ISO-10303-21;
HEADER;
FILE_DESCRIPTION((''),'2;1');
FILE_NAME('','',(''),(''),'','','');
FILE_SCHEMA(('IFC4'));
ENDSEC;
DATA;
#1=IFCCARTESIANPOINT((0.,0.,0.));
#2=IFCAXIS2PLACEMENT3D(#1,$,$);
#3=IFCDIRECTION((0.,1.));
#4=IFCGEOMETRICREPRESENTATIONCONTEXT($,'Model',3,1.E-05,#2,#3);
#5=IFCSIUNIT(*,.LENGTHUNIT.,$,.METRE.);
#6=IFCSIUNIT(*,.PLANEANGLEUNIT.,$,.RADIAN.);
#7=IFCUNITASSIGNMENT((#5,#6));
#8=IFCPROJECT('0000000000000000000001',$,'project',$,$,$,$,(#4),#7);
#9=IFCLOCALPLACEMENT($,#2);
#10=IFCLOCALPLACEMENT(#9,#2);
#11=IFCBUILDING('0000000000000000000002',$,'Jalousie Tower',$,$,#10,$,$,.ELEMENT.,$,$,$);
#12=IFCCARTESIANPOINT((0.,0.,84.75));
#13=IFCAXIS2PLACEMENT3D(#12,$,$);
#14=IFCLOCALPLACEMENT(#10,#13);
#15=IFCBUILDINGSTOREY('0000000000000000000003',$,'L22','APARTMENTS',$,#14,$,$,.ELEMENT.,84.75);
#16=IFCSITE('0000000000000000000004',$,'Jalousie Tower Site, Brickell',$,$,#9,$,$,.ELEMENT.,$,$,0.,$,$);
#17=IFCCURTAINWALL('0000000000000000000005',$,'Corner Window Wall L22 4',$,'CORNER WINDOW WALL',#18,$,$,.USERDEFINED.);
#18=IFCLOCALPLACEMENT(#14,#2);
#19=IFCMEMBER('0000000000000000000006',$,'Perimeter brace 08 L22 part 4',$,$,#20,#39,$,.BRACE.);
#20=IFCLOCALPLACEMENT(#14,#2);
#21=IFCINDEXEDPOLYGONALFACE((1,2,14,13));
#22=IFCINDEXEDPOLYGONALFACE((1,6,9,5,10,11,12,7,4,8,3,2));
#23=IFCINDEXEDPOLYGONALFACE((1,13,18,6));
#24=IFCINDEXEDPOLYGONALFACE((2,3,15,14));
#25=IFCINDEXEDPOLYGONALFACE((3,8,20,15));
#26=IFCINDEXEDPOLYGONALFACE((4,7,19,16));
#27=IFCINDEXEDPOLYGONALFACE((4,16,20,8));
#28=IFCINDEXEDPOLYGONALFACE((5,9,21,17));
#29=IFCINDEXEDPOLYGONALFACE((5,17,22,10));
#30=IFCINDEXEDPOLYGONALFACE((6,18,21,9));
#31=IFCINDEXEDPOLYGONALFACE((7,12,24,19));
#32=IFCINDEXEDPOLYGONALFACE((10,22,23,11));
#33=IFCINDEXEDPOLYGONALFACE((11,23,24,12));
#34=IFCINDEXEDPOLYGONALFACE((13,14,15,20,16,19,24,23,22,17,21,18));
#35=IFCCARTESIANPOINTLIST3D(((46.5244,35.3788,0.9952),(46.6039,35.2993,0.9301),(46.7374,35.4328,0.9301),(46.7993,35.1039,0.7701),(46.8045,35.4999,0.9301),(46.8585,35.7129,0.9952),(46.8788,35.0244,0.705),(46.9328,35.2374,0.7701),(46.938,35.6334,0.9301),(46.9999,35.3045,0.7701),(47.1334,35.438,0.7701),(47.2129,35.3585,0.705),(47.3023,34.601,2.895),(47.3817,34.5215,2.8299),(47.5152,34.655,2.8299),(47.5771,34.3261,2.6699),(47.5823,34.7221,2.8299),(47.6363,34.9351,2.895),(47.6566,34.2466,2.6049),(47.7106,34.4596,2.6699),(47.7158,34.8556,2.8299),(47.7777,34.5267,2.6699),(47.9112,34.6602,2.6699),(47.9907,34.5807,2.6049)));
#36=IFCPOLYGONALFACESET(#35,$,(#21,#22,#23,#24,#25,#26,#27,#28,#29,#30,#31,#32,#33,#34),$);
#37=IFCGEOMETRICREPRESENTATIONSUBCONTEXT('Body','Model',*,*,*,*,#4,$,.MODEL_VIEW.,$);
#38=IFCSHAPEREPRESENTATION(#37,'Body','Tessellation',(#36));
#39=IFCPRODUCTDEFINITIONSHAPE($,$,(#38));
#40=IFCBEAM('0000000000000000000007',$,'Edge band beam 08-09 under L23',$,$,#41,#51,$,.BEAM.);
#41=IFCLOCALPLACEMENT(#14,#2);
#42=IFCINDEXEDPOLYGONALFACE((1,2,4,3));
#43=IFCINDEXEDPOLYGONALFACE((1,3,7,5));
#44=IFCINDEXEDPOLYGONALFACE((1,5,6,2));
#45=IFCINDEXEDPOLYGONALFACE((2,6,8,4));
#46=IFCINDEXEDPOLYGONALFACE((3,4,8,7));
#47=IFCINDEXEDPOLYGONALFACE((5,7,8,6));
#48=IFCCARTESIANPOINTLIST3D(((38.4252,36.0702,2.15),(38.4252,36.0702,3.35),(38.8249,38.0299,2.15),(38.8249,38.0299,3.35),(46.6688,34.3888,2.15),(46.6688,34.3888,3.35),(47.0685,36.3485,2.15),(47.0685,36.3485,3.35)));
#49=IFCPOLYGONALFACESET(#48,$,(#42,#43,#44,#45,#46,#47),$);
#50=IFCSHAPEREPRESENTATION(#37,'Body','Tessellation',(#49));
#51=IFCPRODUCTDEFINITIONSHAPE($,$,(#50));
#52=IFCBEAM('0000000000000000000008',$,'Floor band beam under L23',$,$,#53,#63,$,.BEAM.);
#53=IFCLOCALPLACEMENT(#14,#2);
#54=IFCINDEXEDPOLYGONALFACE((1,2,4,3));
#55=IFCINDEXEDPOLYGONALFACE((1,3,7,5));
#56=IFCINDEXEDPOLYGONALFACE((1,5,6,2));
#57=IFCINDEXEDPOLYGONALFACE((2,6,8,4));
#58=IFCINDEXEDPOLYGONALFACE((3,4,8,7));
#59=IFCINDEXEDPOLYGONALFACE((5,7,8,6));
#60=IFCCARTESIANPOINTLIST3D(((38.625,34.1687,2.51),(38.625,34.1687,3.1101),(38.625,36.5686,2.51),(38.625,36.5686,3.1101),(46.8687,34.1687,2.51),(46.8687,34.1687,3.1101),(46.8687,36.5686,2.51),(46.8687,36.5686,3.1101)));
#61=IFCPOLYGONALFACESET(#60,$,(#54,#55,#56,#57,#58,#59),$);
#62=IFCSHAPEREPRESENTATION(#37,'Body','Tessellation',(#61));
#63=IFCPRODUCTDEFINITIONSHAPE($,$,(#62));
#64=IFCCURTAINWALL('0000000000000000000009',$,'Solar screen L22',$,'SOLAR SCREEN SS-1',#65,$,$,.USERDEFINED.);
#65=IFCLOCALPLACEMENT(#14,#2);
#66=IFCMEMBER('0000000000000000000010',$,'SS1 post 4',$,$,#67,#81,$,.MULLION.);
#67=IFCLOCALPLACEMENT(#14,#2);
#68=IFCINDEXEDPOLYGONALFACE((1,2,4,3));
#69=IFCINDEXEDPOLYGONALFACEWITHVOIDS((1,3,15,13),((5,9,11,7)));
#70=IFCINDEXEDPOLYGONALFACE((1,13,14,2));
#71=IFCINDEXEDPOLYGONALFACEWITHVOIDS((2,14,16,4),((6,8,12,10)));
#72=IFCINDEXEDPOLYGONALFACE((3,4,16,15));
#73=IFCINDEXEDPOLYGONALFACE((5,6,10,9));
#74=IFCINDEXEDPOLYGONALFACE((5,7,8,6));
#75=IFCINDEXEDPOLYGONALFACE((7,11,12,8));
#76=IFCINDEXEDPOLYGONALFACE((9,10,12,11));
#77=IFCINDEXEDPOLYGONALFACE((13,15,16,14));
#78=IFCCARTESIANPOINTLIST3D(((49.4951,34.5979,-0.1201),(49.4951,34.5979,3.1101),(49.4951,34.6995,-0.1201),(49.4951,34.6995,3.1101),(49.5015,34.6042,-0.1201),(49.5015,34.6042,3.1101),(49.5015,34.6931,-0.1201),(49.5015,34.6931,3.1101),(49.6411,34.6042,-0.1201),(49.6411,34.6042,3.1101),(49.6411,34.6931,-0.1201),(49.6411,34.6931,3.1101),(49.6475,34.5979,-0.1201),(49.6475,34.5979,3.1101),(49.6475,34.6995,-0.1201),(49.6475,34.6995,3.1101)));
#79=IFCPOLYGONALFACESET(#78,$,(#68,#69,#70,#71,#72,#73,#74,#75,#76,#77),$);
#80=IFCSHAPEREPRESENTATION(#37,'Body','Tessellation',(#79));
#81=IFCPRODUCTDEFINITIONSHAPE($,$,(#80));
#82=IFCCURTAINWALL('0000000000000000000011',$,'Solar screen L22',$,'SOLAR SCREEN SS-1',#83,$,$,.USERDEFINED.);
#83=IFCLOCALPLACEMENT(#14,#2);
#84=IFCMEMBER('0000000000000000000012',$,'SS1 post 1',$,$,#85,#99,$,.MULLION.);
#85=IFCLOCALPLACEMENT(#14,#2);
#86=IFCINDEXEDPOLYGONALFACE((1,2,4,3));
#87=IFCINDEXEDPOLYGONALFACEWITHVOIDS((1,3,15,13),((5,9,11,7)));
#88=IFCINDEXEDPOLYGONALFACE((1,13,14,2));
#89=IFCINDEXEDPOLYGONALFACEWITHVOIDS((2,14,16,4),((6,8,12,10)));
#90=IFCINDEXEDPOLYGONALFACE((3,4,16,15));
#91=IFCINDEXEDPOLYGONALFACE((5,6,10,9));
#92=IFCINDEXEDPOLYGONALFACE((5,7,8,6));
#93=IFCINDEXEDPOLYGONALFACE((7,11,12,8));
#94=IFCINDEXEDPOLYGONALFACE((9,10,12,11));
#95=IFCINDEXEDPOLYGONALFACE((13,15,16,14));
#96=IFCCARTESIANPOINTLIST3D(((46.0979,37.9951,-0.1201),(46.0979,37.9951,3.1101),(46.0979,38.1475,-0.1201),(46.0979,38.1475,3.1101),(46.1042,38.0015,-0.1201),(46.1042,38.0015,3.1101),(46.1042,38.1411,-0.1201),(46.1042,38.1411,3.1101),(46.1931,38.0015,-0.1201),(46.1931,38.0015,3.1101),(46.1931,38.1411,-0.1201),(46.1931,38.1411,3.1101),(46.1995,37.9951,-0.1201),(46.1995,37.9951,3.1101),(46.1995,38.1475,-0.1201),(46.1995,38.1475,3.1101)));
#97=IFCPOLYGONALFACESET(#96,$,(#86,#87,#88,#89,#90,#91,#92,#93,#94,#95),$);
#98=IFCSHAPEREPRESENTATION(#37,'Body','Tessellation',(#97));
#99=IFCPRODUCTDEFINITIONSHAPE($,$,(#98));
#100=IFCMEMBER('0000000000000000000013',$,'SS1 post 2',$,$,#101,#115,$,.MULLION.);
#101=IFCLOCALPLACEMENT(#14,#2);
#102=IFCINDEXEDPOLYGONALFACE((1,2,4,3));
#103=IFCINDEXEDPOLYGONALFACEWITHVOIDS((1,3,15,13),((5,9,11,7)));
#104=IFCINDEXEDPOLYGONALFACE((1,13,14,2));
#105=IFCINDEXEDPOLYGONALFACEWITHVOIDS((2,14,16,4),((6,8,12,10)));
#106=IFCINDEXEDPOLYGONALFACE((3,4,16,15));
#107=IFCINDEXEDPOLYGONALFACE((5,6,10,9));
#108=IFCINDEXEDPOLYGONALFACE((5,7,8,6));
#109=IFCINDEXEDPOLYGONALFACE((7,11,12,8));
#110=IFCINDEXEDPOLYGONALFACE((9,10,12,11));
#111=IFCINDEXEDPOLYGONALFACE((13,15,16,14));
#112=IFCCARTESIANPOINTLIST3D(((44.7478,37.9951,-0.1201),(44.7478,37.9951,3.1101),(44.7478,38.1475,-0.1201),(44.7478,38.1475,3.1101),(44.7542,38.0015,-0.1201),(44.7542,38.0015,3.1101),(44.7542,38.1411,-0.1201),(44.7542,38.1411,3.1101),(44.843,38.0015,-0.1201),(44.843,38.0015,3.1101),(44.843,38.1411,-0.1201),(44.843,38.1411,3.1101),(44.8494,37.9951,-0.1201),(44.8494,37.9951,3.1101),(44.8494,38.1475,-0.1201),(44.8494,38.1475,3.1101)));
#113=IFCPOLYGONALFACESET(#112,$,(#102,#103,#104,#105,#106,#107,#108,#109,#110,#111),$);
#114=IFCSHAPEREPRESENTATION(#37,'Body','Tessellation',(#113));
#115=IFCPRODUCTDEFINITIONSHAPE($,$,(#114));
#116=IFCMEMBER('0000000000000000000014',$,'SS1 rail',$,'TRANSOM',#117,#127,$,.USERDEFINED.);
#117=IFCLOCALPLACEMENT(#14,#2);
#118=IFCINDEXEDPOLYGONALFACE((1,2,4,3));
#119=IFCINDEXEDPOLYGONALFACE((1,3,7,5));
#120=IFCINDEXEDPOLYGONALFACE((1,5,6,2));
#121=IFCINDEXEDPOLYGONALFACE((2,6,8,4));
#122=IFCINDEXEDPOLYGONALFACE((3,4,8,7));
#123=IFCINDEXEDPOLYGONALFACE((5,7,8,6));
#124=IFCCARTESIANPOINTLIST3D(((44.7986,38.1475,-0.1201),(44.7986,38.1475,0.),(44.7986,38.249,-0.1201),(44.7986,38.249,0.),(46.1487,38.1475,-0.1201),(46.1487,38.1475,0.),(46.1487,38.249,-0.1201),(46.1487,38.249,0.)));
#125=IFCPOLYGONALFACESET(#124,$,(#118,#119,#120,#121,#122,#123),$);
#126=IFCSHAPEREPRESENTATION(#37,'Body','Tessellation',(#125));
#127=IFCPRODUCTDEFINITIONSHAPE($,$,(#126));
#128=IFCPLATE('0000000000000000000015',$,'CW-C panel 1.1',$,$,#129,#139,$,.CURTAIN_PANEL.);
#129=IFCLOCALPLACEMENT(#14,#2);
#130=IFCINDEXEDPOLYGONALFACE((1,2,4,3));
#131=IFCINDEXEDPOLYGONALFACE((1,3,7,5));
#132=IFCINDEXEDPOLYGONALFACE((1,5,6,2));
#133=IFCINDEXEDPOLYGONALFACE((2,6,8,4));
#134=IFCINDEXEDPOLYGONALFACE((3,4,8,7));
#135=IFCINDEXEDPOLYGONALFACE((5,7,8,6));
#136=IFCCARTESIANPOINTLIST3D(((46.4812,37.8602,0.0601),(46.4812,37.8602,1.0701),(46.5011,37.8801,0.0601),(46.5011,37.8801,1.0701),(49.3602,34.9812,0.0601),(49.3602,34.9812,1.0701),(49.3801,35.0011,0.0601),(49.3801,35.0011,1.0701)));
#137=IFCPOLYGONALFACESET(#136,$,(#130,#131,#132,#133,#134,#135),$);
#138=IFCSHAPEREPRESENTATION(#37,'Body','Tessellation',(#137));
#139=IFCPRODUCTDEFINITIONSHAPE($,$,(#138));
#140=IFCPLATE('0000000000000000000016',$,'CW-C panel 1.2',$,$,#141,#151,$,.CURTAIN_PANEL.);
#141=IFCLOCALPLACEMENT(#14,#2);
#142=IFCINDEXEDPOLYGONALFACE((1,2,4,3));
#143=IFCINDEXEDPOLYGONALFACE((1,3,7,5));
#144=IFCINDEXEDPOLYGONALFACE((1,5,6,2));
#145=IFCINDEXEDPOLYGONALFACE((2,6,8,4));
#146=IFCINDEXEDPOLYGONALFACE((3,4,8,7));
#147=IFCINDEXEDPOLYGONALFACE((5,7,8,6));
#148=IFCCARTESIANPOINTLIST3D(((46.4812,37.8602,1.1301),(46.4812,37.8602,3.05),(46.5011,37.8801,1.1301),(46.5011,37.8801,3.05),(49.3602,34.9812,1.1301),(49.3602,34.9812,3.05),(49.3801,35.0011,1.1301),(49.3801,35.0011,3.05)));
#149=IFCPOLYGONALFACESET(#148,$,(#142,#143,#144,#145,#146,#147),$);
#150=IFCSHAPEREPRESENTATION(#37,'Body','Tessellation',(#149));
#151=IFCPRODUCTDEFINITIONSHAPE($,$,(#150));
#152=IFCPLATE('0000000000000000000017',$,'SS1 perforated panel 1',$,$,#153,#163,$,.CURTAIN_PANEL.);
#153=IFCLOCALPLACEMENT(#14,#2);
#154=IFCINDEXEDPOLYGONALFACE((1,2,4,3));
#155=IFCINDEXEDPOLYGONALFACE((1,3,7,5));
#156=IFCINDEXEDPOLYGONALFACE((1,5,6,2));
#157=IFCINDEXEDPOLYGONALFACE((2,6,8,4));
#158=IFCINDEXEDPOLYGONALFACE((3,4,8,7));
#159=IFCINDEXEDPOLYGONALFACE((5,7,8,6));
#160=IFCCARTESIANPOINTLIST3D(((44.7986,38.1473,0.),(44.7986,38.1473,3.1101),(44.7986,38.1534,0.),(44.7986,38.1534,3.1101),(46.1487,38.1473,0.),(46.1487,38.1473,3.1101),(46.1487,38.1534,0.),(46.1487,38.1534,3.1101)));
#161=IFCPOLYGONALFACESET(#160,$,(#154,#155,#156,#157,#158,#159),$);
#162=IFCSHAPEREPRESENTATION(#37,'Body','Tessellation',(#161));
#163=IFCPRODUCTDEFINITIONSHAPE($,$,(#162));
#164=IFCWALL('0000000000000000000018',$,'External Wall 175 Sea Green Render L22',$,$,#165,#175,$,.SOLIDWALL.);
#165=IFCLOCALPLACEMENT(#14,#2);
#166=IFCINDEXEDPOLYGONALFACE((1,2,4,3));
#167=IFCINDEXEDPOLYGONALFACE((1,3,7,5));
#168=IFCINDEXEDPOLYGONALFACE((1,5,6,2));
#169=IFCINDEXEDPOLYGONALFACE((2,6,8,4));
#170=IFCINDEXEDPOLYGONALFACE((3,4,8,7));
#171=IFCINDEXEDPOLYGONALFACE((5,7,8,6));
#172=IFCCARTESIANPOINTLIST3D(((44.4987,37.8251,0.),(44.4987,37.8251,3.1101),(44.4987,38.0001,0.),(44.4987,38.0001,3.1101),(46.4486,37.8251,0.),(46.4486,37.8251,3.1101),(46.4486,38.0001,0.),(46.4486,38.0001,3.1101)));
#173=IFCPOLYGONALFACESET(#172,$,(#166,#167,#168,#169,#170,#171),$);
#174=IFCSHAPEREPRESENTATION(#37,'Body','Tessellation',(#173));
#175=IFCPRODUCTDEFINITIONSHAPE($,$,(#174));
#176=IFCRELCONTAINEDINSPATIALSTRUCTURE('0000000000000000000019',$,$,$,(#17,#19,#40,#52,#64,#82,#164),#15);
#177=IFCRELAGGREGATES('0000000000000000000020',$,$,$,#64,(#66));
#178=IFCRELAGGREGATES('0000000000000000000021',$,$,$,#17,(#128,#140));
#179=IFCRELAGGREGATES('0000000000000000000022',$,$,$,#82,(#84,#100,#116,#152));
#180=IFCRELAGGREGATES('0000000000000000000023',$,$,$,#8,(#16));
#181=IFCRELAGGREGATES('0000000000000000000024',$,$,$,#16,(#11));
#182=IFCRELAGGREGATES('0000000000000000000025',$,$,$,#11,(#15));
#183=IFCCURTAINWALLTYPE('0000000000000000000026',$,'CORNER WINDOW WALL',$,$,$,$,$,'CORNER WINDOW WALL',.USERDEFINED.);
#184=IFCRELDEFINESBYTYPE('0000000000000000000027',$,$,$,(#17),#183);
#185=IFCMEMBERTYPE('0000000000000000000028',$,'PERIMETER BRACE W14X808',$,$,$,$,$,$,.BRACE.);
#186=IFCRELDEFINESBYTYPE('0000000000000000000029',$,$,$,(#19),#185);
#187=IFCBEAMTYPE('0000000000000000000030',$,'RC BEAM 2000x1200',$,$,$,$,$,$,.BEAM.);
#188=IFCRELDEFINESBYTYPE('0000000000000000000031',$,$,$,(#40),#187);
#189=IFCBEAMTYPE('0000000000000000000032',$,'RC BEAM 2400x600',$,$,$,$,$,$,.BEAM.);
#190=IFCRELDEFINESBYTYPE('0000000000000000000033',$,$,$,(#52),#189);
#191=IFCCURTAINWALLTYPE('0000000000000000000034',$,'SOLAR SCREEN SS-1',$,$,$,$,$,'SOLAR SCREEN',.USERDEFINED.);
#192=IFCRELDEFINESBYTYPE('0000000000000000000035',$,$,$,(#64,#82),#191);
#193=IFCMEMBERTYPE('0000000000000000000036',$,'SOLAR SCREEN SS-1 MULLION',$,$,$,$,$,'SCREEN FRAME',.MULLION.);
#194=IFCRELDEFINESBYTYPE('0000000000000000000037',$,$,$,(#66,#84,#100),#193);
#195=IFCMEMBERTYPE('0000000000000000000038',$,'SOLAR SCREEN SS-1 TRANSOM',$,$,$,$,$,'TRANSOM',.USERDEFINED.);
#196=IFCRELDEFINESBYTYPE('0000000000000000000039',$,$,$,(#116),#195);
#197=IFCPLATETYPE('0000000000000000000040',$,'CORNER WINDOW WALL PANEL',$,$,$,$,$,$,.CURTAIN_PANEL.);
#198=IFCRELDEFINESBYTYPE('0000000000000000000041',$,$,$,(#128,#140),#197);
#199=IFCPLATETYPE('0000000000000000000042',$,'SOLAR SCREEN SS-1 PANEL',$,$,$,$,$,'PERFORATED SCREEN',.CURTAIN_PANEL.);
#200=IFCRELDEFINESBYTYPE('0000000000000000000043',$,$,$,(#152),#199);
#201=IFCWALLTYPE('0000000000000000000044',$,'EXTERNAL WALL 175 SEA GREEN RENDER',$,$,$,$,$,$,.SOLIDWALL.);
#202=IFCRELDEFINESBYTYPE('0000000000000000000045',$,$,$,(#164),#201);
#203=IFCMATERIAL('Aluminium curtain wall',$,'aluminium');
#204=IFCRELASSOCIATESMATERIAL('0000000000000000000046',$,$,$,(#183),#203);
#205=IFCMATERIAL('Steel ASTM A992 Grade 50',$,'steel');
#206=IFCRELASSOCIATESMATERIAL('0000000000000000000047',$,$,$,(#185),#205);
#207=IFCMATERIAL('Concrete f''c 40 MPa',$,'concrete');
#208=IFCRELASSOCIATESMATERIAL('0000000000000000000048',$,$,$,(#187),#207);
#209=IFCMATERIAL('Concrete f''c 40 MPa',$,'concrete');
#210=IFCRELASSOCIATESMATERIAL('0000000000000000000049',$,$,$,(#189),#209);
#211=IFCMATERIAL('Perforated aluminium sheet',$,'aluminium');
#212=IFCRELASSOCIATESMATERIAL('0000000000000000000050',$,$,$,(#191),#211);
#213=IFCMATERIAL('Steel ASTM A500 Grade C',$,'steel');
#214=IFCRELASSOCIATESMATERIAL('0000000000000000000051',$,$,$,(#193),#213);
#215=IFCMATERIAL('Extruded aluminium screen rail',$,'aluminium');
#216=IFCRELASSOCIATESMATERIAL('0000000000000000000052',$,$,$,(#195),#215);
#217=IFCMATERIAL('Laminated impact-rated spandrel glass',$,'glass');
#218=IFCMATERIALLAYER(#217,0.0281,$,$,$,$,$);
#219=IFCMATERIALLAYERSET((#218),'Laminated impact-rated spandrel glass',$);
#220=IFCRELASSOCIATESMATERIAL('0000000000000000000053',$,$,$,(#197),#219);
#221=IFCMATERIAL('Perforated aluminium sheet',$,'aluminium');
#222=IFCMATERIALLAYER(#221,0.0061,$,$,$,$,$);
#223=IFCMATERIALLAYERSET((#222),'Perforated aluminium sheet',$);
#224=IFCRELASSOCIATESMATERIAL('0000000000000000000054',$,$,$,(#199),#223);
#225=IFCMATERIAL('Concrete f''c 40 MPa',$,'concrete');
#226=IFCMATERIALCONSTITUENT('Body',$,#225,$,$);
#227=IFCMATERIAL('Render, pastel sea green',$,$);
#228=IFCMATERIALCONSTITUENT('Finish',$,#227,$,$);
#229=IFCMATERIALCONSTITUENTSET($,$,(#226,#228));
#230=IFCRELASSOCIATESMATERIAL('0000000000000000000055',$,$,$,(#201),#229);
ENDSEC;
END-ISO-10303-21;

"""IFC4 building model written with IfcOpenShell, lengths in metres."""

from ifc_helpers import new_model, si_unit, direction, frame, frame_2d, origin, origin_2d, place, context, subcontext, project, spatial, rectangle, hollow_rectangle, i_section, extrude, material, layer, layer_set, constituent, constituent_set, material_profile, profile_set, type_object, element, aggregate, save


model = new_model("IFC4")

# Units and contexts
model_context = context("Model", 3, precision=1e-05, world=origin(), true_north=direction((0.0, 1.0)))
body_context = subcontext(model_context, "Body", "Model", "MODEL_VIEW")
ifc_project = project(units=[si_unit("LENGTHUNIT", "METRE"), si_unit("PLANEANGLEUNIT", "RADIAN")], contexts=[model_context])

# Site, building, storey
site_placement = place(None, origin())
site = spatial("IfcSite", under=ifc_project, at=site_placement, Name="Jalousie Tower Site, Brickell", CompositionType="ELEMENT", RefElevation=0.0)
building_placement = place(site_placement, origin())
building = spatial("IfcBuilding", under=site, at=building_placement, Name="Jalousie Tower", CompositionType="ELEMENT")
storey_placement = place(building_placement, frame((0.0, 0.0, 84.75)))
storey = spatial("IfcBuildingStorey", under=building, at=storey_placement, Name="L22", Description="APARTMENTS", CompositionType="ELEMENT", Elevation=84.75)

# Curtain wall
ifc_material_1 = material(Name="Aluminium curtain wall", Category="aluminium")
curtain_wall_type_1 = type_object("IfcCurtainWallType", Name="CORNER WINDOW WALL", ElementType="CORNER WINDOW WALL", PredefinedType="USERDEFINED", material=ifc_material_1)
curtain_wall_1_placement = place(storey_placement, origin())
curtain_wall_1 = element("IfcCurtainWall", 1, at=curtain_wall_1_placement, inside=storey, type_object=curtain_wall_type_1, Name="Corner Window Wall L22 4", ObjectType="CORNER WINDOW WALL", PredefinedType="USERDEFINED")

# Member
ifc_material_2 = material(Name="Steel ASTM A992 Grade 50", Category="steel")
ifc_material_profile_1 = material_profile(ifc_material_2, i_section(OverallWidth=0.4724, OverallDepth=0.5791, WebThickness=0.095, FlangeThickness=0.1299, at=origin_2d()), Name="W14X808")
ifc_profile_set_1 = profile_set([ifc_material_profile_1], Name="Steel ASTM A992 Grade 50")
member_type_1 = type_object("IfcMemberType", Name="PERIMETER BRACE W14X808", PredefinedType="BRACE", material=ifc_profile_set_1)
member_1_placement = place(storey_placement, frame((46.8687, 35.3687, 0.8501), z_axis=(0.354305, -0.354305, 0.865411), x_axis=(0.707107, 0.707107, 0.0)))
element("IfcMember", 2, at=member_1_placement, inside=storey, type_object=member_type_1, Name="Perimeter brace 08 L22 part 4", PredefinedType="BRACE", context=body_context, shape_type="SweptSolid", body=[
    extrude(i_section(OverallWidth=0.4724, OverallDepth=0.5791, WebThickness=0.095, FlangeThickness=0.1299, at=origin_2d()), origin(), (0.0, 0.0, 1.0), 2.1953),
])

# Beams
ifc_material_3 = material(Name="Concrete f'c 40 MPa", Category="concrete")
ifc_material_profile_2 = material_profile(ifc_material_3, rectangle(XDim=2.0, YDim=1.2, at=origin_2d()), Name="RC 2000x1200")
ifc_profile_set_2 = profile_set([ifc_material_profile_2], Name="Concrete f'c 40 MPa")
beam_type_1 = type_object("IfcBeamType", Name="RC BEAM 2000x1200", PredefinedType="BEAM", material=ifc_profile_set_2)
beam_1_placement = place(storey_placement, frame((46.8687, 35.3687, 2.75), z_axis=(-0.979827, 0.199848, 0.0), x_axis=(-0.199848, -0.979827, 0.0)))
element("IfcBeam", 3, at=beam_1_placement, inside=storey, type_object=beam_type_1, Name="Edge band beam 08-09 under L23", PredefinedType="BEAM", context=body_context, shape_type="SweptSolid", body=[
    extrude(rectangle(XDim=2.0, YDim=1.2, at=origin_2d()), origin(), (0.0, 0.0, 1.0), 8.4133),
])
ifc_material_4 = material(Name="Concrete f'c 40 MPa", Category="concrete")
ifc_material_profile_3 = material_profile(ifc_material_4, rectangle(XDim=2.3999, YDim=0.6001, at=origin_2d()), Name="RC 2400x600")
ifc_profile_set_3 = profile_set([ifc_material_profile_3], Name="Concrete f'c 40 MPa")
beam_type_2 = type_object("IfcBeamType", Name="RC BEAM 2400x600", PredefinedType="BEAM", material=ifc_profile_set_3)
beam_2_placement = place(storey_placement, frame((46.8687, 35.3687, 2.8101), z_axis=(-1.0, 0.0, 0.0), x_axis=(0.0, -1.0, 0.0)))
element("IfcBeam", 4, at=beam_2_placement, inside=storey, type_object=beam_type_2, Name="Floor band beam under L23", PredefinedType="BEAM", context=body_context, shape_type="SweptSolid", body=[
    extrude(rectangle(XDim=2.3999, YDim=0.6001, at=origin_2d()), origin(), (0.0, 0.0, 1.0), 8.2437),
])

# Curtain wall, member
ifc_material_5 = material(Name="Perforated aluminium sheet", Category="aluminium")
curtain_wall_type_2 = type_object("IfcCurtainWallType", Name="SOLAR SCREEN SS-1", ElementType="SOLAR SCREEN", PredefinedType="USERDEFINED", material=ifc_material_5)
curtain_wall_2_placement = place(storey_placement, origin())
curtain_wall_2 = element("IfcCurtainWall", 5, at=curtain_wall_2_placement, inside=storey, type_object=curtain_wall_type_2, Name="Solar screen L22", ObjectType="SOLAR SCREEN SS-1", PredefinedType="USERDEFINED")
ifc_material_6 = material(Name="Steel ASTM A500 Grade C", Category="steel")
ifc_material_profile_4 = material_profile(ifc_material_6, hollow_rectangle(XDim=0.1016, YDim=0.1523, WallThickness=0.0063, at=origin_2d()), Name="HSS6X4X1/4")
ifc_profile_set_4 = profile_set([ifc_material_profile_4], Name="Steel ASTM A500 Grade C")
member_type_2 = type_object("IfcMemberType", Name="SOLAR SCREEN SS-1 MULLION", ElementType="SCREEN FRAME", PredefinedType="MULLION", material=ifc_profile_set_4)
member_2_placement = place(storey_placement, frame((49.5713, 34.6487, -0.1201), z_axis=(0.0, 0.0, 1.0), x_axis=(0.0, 1.0, 0.0)))
member_2 = element("IfcMember", 6, at=member_2_placement, type_object=member_type_2, Name="SS1 post 4", PredefinedType="MULLION", context=body_context, shape_type="SweptSolid", body=[
    extrude(hollow_rectangle(XDim=0.1016, YDim=0.1523, WallThickness=0.0063, at=origin_2d()), origin(), (0.0, 0.0, 1.0), 3.2302),
])
aggregate(curtain_wall_2, [member_2])

# Curtain wall, members
curtain_wall_3_placement = place(storey_placement, origin())
curtain_wall_3 = element("IfcCurtainWall", 7, at=curtain_wall_3_placement, inside=storey, type_object=curtain_wall_type_2, Name="Solar screen L22", ObjectType="SOLAR SCREEN SS-1", PredefinedType="USERDEFINED")
member_3_placement = place(storey_placement, frame((46.1487, 38.0713, -0.1201), z_axis=(0.0, 0.0, 1.0), x_axis=(-1.0, 0.0, 0.0)))
member_3 = element("IfcMember", 8, at=member_3_placement, type_object=member_type_2, Name="SS1 post 1", PredefinedType="MULLION", context=body_context, shape_type="SweptSolid", body=[
    extrude(hollow_rectangle(XDim=0.1016, YDim=0.1523, WallThickness=0.0063, at=origin_2d()), origin(), (0.0, 0.0, 1.0), 3.2302),
])
member_4_placement = place(storey_placement, frame((44.7986, 38.0713, -0.1201), z_axis=(0.0, 0.0, 1.0), x_axis=(-1.0, 0.0, 0.0)))
member_4 = element("IfcMember", 9, at=member_4_placement, type_object=member_type_2, Name="SS1 post 2", PredefinedType="MULLION", context=body_context, shape_type="SweptSolid", body=[
    extrude(hollow_rectangle(XDim=0.1016, YDim=0.1523, WallThickness=0.0063, at=origin_2d()), origin(), (0.0, 0.0, 1.0), 3.2302),
])
ifc_material_7 = material(Name="Extruded aluminium screen rail", Category="aluminium")
ifc_material_profile_5 = material_profile(ifc_material_7, rectangle(XDim=0.1016, YDim=0.1201, at=origin_2d()), Name="RAIL 102x120")
ifc_profile_set_5 = profile_set([ifc_material_profile_5], Name="Extruded aluminium screen rail")
member_type_3 = type_object("IfcMemberType", Name="SOLAR SCREEN SS-1 TRANSOM", ElementType="TRANSOM", PredefinedType="USERDEFINED", material=ifc_profile_set_5)
member_5_placement = place(storey_placement, frame((46.1487, 38.1982, -0.0601), z_axis=(-1.0, 0.0, 0.0), x_axis=(0.0, -1.0, 0.0)))
member_5 = element("IfcMember", 10, at=member_5_placement, type_object=member_type_3, Name="SS1 rail", ObjectType="TRANSOM", PredefinedType="USERDEFINED", context=body_context, shape_type="SweptSolid", body=[
    extrude(rectangle(XDim=0.1016, YDim=0.1201, at=origin_2d()), origin(), (0.0, 0.0, 1.0), 1.3501),
])

# Plates
ifc_material_8 = material(Name="Laminated impact-rated spandrel glass", Category="glass")
ifc_layer_1 = layer(ifc_material_8, 0.0281)
ifc_layer_set_1 = layer_set([ifc_layer_1], Name="Laminated impact-rated spandrel glass")
plate_type_1 = type_object("IfcPlateType", Name="CORNER WINDOW WALL PANEL", PredefinedType="CURTAIN_PANEL", material=ifc_layer_set_1)
plate_1_placement = place(storey_placement, frame((47.9307, 36.4307, 0.0601), z_axis=(0.0, 0.0, 1.0), x_axis=(-0.707107, 0.707107, 0.0)))
plate_1 = element("IfcPlate", 11, at=plate_1_placement, type_object=plate_type_1, Name="CW-C panel 1.1", PredefinedType="CURTAIN_PANEL", context=body_context, shape_type="SweptSolid", body=[
    extrude(rectangle(XDim=4.0715, YDim=0.0281, at=origin_2d()), origin(), (0.0, 0.0, 1.0), 1.01),
])
plate_2_placement = place(storey_placement, frame((47.9307, 36.4307, 1.1301), z_axis=(0.0, 0.0, 1.0), x_axis=(-0.707107, 0.707107, 0.0)))
plate_2 = element("IfcPlate", 12, at=plate_2_placement, type_object=plate_type_1, Name="CW-C panel 1.2", PredefinedType="CURTAIN_PANEL", context=body_context, shape_type="SweptSolid", body=[
    extrude(rectangle(XDim=4.0715, YDim=0.0281, at=origin_2d()), origin(), (0.0, 0.0, 1.0), 1.9199),
])
aggregate(curtain_wall_1, [plate_1, plate_2])
ifc_material_9 = material(Name="Perforated aluminium sheet", Category="aluminium")
ifc_layer_2 = layer(ifc_material_9, 0.0061)
ifc_layer_set_2 = layer_set([ifc_layer_2], Name="Perforated aluminium sheet")
plate_type_2 = type_object("IfcPlateType", Name="SOLAR SCREEN SS-1 PANEL", ElementType="PERFORATED SCREEN", PredefinedType="CURTAIN_PANEL", material=ifc_layer_set_2)
plate_3_placement = place(storey_placement, frame((45.4736, 38.1504, 0.0), z_axis=(0.0, 0.0, 1.0), x_axis=(-1.0, 0.0, 0.0)))
plate_3 = element("IfcPlate", 13, at=plate_3_placement, type_object=plate_type_2, Name="SS1 perforated panel 1", PredefinedType="CURTAIN_PANEL", context=body_context, shape_type="SweptSolid", body=[
    extrude(rectangle(XDim=1.3501, YDim=0.0061, at=origin_2d()), origin(), (0.0, 0.0, 1.0), 3.1101),
])
aggregate(curtain_wall_3, [member_3, member_4, member_5, plate_3])

# Wall
ifc_material_10 = material(Name="Concrete f'c 40 MPa", Category="concrete")
ifc_constituent_1 = constituent(ifc_material_10, Name="Body")
ifc_material_11 = material(Name="Render, pastel sea green")
ifc_constituent_2 = constituent(ifc_material_11, Name="Finish")
ifc_constituent_set_1 = constituent_set(constituents=[ifc_constituent_1, ifc_constituent_2])
wall_type_1 = type_object("IfcWallType", Name="EXTERNAL WALL 175 SEA GREEN RENDER", PredefinedType="SOLIDWALL", material=ifc_constituent_set_1)
wall_1_placement = place(storey_placement, frame((46.4487, 37.9126, 0.0), z_axis=(0.0, 0.0, 1.0), x_axis=(-1.0, 0.0, 0.0)))
element("IfcWall", 14, at=wall_1_placement, inside=storey, type_object=wall_type_1, Name="External Wall 175 Sea Green Render L22", PredefinedType="SOLIDWALL", context=body_context, shape_type="SweptSolid", body=[
    extrude(rectangle(XDim=1.95, YDim=0.175, at=frame_2d((0.9751, 0.0))), origin(), (0.0, 0.0, 1.0), 3.1101),
])

save(model, "model.ifc")
